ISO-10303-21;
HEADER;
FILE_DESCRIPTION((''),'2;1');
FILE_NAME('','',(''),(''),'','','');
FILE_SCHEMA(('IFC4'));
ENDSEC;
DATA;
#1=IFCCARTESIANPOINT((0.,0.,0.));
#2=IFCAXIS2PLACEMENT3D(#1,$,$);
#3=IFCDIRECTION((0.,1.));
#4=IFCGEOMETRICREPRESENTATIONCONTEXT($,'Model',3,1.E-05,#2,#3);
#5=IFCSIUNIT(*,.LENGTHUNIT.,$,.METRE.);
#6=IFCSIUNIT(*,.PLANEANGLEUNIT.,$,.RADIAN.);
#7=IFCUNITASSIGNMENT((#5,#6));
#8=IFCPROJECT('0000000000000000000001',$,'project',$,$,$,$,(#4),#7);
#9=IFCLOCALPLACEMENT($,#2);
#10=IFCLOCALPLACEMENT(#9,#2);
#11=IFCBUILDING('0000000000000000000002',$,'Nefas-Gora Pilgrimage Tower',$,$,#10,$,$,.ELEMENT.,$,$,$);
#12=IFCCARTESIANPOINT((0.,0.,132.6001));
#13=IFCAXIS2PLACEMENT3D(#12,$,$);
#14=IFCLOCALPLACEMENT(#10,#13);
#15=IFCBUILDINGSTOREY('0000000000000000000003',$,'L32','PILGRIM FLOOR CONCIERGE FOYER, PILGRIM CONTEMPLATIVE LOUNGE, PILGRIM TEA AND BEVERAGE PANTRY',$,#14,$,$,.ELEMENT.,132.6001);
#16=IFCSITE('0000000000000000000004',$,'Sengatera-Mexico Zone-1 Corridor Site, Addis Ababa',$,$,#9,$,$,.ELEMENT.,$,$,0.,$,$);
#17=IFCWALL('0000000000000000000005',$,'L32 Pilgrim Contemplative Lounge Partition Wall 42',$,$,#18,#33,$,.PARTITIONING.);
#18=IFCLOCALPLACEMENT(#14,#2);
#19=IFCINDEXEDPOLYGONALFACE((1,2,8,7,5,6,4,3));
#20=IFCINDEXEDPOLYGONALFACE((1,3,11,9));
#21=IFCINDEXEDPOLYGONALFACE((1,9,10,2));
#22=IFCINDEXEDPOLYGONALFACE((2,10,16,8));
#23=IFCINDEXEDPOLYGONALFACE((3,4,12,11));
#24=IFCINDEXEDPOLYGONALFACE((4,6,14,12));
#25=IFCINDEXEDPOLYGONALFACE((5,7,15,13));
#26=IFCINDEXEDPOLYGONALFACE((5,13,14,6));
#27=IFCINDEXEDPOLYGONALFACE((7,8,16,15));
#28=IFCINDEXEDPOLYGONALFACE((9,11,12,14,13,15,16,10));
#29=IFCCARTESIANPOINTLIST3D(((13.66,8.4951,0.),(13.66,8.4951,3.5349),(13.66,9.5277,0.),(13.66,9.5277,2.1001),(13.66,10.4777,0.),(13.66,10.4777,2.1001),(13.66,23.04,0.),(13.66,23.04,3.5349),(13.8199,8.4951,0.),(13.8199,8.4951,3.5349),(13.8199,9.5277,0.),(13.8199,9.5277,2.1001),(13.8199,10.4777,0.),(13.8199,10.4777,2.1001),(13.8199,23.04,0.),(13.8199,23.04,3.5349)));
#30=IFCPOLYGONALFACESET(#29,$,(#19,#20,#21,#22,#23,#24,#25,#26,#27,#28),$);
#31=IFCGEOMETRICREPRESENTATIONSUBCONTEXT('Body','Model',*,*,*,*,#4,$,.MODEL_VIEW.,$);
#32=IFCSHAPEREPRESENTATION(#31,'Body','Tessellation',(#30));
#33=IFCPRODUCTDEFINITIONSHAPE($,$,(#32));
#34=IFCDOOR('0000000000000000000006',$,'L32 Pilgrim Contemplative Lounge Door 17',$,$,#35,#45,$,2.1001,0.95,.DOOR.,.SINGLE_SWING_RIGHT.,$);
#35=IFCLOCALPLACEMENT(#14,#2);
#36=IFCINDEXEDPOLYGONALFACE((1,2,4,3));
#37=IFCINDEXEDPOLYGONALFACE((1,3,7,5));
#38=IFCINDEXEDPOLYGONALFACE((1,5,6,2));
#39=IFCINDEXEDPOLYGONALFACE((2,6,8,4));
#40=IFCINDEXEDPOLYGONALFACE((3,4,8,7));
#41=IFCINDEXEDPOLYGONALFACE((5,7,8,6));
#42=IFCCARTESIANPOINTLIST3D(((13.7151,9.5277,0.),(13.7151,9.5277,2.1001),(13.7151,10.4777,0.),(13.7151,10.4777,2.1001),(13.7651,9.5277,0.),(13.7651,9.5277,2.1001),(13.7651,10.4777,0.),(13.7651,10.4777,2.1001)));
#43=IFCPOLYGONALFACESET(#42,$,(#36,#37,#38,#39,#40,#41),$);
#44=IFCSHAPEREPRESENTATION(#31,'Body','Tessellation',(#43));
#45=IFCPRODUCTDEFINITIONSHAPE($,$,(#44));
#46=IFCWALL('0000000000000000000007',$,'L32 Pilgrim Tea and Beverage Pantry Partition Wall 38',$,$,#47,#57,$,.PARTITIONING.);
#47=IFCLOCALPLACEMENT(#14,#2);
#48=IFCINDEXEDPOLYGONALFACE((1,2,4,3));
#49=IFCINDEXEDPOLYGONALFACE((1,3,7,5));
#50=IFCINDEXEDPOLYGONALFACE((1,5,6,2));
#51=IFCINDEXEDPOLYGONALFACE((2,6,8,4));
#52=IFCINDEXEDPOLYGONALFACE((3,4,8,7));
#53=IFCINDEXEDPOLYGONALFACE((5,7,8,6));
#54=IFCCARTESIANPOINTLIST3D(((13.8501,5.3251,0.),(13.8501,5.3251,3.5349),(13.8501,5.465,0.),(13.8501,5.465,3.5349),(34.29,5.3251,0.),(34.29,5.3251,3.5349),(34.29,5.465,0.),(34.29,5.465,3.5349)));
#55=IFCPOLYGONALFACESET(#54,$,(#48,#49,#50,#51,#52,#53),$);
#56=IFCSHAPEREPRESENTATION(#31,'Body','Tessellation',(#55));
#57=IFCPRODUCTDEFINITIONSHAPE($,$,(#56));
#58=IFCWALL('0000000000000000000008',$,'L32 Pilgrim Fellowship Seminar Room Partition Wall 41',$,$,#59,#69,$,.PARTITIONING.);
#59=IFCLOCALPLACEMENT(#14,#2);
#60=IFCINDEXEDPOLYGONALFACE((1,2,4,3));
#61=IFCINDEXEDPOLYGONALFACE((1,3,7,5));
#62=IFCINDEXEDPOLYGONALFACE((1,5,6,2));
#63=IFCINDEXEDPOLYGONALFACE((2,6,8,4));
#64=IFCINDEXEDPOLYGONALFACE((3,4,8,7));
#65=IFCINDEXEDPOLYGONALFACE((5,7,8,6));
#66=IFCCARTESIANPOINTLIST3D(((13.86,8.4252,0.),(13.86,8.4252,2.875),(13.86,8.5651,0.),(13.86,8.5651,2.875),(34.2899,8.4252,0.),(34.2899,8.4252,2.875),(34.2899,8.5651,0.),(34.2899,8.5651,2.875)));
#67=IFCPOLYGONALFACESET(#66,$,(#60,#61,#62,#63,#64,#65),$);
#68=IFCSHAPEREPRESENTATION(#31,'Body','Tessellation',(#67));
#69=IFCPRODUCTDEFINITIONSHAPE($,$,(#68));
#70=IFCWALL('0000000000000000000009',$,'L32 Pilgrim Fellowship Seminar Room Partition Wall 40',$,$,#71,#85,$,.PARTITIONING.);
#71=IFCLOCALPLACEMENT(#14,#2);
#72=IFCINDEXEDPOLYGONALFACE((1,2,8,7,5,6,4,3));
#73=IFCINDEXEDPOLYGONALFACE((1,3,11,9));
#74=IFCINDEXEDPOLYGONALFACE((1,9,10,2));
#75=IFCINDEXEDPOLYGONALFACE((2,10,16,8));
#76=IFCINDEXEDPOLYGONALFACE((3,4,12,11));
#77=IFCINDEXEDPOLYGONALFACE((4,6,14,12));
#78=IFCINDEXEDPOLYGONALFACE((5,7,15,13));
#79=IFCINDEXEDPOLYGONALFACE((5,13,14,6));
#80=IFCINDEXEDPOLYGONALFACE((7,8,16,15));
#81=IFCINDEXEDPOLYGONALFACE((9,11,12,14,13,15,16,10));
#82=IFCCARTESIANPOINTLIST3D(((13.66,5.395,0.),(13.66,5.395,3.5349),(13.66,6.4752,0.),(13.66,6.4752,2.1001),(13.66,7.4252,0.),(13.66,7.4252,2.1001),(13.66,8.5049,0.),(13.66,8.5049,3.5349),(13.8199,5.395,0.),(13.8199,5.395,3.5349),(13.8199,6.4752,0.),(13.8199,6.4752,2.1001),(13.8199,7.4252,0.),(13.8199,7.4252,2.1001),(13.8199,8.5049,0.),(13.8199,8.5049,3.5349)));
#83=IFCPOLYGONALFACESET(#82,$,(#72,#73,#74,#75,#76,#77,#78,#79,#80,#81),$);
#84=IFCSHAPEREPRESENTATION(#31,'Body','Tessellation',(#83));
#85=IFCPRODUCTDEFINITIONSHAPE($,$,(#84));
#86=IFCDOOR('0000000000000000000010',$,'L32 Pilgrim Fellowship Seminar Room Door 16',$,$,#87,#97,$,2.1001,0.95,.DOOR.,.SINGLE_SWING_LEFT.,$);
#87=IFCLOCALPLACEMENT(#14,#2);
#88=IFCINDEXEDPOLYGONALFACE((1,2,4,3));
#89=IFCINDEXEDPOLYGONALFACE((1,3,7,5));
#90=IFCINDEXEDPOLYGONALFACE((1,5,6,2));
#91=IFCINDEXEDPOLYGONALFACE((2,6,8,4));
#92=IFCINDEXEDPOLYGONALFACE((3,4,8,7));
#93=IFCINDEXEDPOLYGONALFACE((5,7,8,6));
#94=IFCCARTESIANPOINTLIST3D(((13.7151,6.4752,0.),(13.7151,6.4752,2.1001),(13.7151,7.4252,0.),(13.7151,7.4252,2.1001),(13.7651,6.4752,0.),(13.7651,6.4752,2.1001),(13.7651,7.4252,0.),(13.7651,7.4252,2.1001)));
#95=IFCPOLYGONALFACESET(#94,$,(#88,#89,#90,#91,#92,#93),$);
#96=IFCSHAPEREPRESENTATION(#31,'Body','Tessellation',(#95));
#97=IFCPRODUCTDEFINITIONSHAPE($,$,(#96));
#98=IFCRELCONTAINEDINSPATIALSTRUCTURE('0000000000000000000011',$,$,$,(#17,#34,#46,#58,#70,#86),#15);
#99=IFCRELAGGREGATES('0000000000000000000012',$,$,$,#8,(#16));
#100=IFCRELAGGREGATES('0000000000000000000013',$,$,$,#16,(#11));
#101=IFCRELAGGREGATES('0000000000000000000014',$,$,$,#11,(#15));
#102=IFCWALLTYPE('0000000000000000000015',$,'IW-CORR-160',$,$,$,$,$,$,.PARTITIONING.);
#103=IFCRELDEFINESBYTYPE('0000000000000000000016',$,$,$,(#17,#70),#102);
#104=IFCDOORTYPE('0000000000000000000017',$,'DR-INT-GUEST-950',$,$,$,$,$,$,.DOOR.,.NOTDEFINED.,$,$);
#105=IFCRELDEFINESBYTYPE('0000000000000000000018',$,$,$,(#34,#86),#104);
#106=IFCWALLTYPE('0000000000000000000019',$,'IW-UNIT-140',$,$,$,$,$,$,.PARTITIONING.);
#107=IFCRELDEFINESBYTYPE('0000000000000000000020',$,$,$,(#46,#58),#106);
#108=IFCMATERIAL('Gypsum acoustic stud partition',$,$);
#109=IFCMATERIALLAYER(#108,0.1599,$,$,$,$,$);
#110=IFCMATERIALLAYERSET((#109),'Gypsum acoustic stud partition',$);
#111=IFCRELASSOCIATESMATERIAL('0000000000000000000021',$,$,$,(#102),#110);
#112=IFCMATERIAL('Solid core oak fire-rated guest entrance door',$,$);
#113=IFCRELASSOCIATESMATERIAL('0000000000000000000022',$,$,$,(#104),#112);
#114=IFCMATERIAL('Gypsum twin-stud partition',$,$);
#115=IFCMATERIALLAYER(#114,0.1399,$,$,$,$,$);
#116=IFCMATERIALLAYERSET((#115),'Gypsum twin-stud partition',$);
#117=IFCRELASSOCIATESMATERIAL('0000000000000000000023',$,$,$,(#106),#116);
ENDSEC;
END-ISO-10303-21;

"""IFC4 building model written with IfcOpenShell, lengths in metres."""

from ifc_helpers import new_model, si_unit, direction, frame, frame_2d, origin, place, context, subcontext, project, spatial, rectangle, extrude, source, transform, mapped, material, layer, layer_set, type_object, element, fill, save


model = new_model("IFC4")

# Units and contexts
model_context = context("Model", 3, precision=1e-05, world=origin(), true_north=direction((0.0, 1.0)))
body_context = subcontext(model_context, "Body", "Model", "MODEL_VIEW")
ifc_project = project(units=[si_unit("LENGTHUNIT", "METRE"), si_unit("PLANEANGLEUNIT", "RADIAN")], contexts=[model_context])

# Site, building, storey
site_placement = place(None, origin())
site = spatial("IfcSite", under=ifc_project, at=site_placement, Name="Sengatera-Mexico Zone-1 Corridor Site, Addis Ababa", CompositionType="ELEMENT", RefElevation=0.0)
building_placement = place(site_placement, origin())
building = spatial("IfcBuilding", under=site, at=building_placement, Name="Nefas-Gora Pilgrimage Tower", CompositionType="ELEMENT")
storey_placement = place(building_placement, frame((0.0, 0.0, 132.6001)))
storey = spatial("IfcBuildingStorey", under=building, at=storey_placement, Name="L32", Description="PILGRIM FLOOR CONCIERGE FOYER, PILGRIM CONTEMPLATIVE LOUNGE, PILGRIM TEA AND BEVERAGE PANTRY", CompositionType="ELEMENT", Elevation=132.6001)

# Wall, opening, door
ifc_material_1 = material(Name="Gypsum acoustic stud partition")
ifc_layer_1 = layer(ifc_material_1, 0.1599)
ifc_layer_set_1 = layer_set([ifc_layer_1], Name="Gypsum acoustic stud partition")
wall_type_1 = type_object("IfcWallType", Name="IW-CORR-160", PredefinedType="PARTITIONING", material=ifc_layer_set_1)
shared_shape_1 = source(origin(), body_context, "Body", "SweptSolid", [
    extrude(rectangle(XDim=14.5449, YDim=0.1599, at=frame_2d((7.2725, 0.0))), origin(), (0.0, 0.0, 1.0), 3.5349),
])
wall_1_placement = place(storey_placement, frame((13.74, 8.4951, 0.0), z_axis=(0.0, 0.0, 1.0), x_axis=(0.0, 1.0, 0.0)))
wall_1 = element("IfcWall", 1, at=wall_1_placement, inside=storey, type_object=wall_type_1, Name="L32 Pilgrim Contemplative Lounge Partition Wall 42", PredefinedType="PARTITIONING", context=body_context, shape_type="MappedRepresentation", body=[
    mapped(shared_shape_1, transform((0.0, 0.0, 0.0), x_axis=(1.0, 0.0, 0.0), y_axis=(0.0, 1.0, 0.0), z_axis=(0.0, 0.0, 1.0), scale=1.0)),
])
opening_1_placement = place(wall_1_placement, frame((1.0325, 0.0, 0.0)))
opening_1 = element("IfcOpeningElement", 2, at=opening_1_placement, cuts=wall_1, PredefinedType="OPENING", context=body_context, shape_type="SweptSolid", body=[
    extrude(rectangle(XDim=0.95, YDim=2.1001, at=frame_2d((0.4751, 1.05))), frame((0.0, 0.0898, 0.0), z_axis=(0.0, -1.0, 0.0), x_axis=(1.0, 0.0, 0.0)), (0.0, 0.0, 1.0), 0.1799),
])
ifc_material_2 = material(Name="Solid core oak fire-rated guest entrance door")
door_type_1 = type_object("IfcDoorType", Name="DR-INT-GUEST-950", OperationType="NOTDEFINED", PredefinedType="DOOR", material=ifc_material_2)
shared_shape_2 = source(origin(), body_context, "Body", "SweptSolid", [
    extrude(rectangle(XDim=0.95, YDim=2.1001, at=frame_2d((0.4751, 1.05))), frame((0.0, 0.0249, 0.0), z_axis=(0.0, -1.0, 0.0), x_axis=(1.0, 0.0, 0.0)), (0.0, 0.0, 1.0), 0.05),
])
door_1_placement = place(opening_1_placement, origin())
door_1 = element("IfcDoor", 3, at=door_1_placement, inside=storey, type_object=door_type_1, Name="L32 Pilgrim Contemplative Lounge Door 17", OperationType="SINGLE_SWING_RIGHT", OverallHeight=2.1001, OverallWidth=0.95, PredefinedType="DOOR", context=body_context, shape_type="MappedRepresentation", body=[
    mapped(shared_shape_2, transform((0.0, 0.0, 0.0), x_axis=(1.0, 0.0, 0.0), y_axis=(0.0, 1.0, 0.0), z_axis=(0.0, 0.0, 1.0), scale=1.0)),
])
fill(opening_1, door_1)

# Walls
ifc_material_3 = material(Name="Gypsum twin-stud partition")
ifc_layer_2 = layer(ifc_material_3, 0.1399)
ifc_layer_set_2 = layer_set([ifc_layer_2], Name="Gypsum twin-stud partition")
wall_type_2 = type_object("IfcWallType", Name="IW-UNIT-140", PredefinedType="PARTITIONING", material=ifc_layer_set_2)
shared_shape_3 = source(origin(), body_context, "Body", "SweptSolid", [
    extrude(rectangle(XDim=20.4399, YDim=0.1399, at=frame_2d((10.22, 0.0))), origin(), (0.0, 0.0, 1.0), 3.5349),
])
wall_2_placement = place(storey_placement, frame((13.8501, 5.395, 0.0), z_axis=(0.0, 0.0, 1.0), x_axis=(1.0, 0.0, 0.0)))
element("IfcWall", 4, at=wall_2_placement, inside=storey, type_object=wall_type_2, Name="L32 Pilgrim Tea and Beverage Pantry Partition Wall 38", PredefinedType="PARTITIONING", context=body_context, shape_type="MappedRepresentation", body=[
    mapped(shared_shape_3, transform((0.0, 0.0, 0.0), x_axis=(1.0, 0.0, 0.0), y_axis=(0.0, 1.0, 0.0), z_axis=(0.0, 0.0, 1.0), scale=1.0)),
])
shared_shape_4 = source(origin(), body_context, "Body", "SweptSolid", [
    extrude(rectangle(XDim=20.4299, YDim=0.1399, at=frame_2d((10.2148, 0.0))), origin(), (0.0, 0.0, 1.0), 2.875),
])
wall_3_placement = place(storey_placement, frame((13.8601, 8.4951, 0.0), z_axis=(0.0, 0.0, 1.0), x_axis=(1.0, 0.0, 0.0)))
element("IfcWall", 5, at=wall_3_placement, inside=storey, type_object=wall_type_2, Name="L32 Pilgrim Fellowship Seminar Room Partition Wall 41", PredefinedType="PARTITIONING", context=body_context, shape_type="MappedRepresentation", body=[
    mapped(shared_shape_4, transform((0.0, 0.0, 0.0), x_axis=(1.0, 0.0, 0.0), y_axis=(0.0, 1.0, 0.0), z_axis=(0.0, 0.0, 1.0), scale=1.0)),
])

# Wall, opening, door
shared_shape_5 = source(origin(), body_context, "Body", "SweptSolid", [
    extrude(rectangle(XDim=3.1099, YDim=0.1599, at=frame_2d((1.5549, 0.0))), origin(), (0.0, 0.0, 1.0), 3.5349),
])
wall_4_placement = place(storey_placement, frame((13.74, 5.395, 0.0), z_axis=(0.0, 0.0, 1.0), x_axis=(0.0, 1.0, 0.0)))
wall_4 = element("IfcWall", 6, at=wall_4_placement, inside=storey, type_object=wall_type_1, Name="L32 Pilgrim Fellowship Seminar Room Partition Wall 40", PredefinedType="PARTITIONING", context=body_context, shape_type="MappedRepresentation", body=[
    mapped(shared_shape_5, transform((0.0, 0.0, 0.0), x_axis=(1.0, 0.0, 0.0), y_axis=(0.0, 1.0, 0.0), z_axis=(0.0, 0.0, 1.0), scale=1.0)),
])
opening_2_placement = place(wall_4_placement, frame((1.0801, 0.0, 0.0)))
opening_2 = element("IfcOpeningElement", 7, at=opening_2_placement, cuts=wall_4, PredefinedType="OPENING", context=body_context, shape_type="SweptSolid", body=[
    extrude(rectangle(XDim=0.95, YDim=2.1001, at=frame_2d((0.4751, 1.05))), frame((0.0, 0.0898, 0.0), z_axis=(0.0, -1.0, 0.0), x_axis=(1.0, 0.0, 0.0)), (0.0, 0.0, 1.0), 0.1799),
])
door_2_placement = place(opening_2_placement, origin())
door_2 = element("IfcDoor", 8, at=door_2_placement, inside=storey, type_object=door_type_1, Name="L32 Pilgrim Fellowship Seminar Room Door 16", OperationType="SINGLE_SWING_LEFT", OverallHeight=2.1001, OverallWidth=0.95, PredefinedType="DOOR", context=body_context, shape_type="MappedRepresentation", body=[
    mapped(shared_shape_2, transform((0.0, 0.0, 0.0), x_axis=(1.0, 0.0, 0.0), y_axis=(0.0, 1.0, 0.0), z_axis=(0.0, 0.0, 1.0), scale=1.0)),
])
fill(opening_2, door_2)

save(model, "model.ifc")
